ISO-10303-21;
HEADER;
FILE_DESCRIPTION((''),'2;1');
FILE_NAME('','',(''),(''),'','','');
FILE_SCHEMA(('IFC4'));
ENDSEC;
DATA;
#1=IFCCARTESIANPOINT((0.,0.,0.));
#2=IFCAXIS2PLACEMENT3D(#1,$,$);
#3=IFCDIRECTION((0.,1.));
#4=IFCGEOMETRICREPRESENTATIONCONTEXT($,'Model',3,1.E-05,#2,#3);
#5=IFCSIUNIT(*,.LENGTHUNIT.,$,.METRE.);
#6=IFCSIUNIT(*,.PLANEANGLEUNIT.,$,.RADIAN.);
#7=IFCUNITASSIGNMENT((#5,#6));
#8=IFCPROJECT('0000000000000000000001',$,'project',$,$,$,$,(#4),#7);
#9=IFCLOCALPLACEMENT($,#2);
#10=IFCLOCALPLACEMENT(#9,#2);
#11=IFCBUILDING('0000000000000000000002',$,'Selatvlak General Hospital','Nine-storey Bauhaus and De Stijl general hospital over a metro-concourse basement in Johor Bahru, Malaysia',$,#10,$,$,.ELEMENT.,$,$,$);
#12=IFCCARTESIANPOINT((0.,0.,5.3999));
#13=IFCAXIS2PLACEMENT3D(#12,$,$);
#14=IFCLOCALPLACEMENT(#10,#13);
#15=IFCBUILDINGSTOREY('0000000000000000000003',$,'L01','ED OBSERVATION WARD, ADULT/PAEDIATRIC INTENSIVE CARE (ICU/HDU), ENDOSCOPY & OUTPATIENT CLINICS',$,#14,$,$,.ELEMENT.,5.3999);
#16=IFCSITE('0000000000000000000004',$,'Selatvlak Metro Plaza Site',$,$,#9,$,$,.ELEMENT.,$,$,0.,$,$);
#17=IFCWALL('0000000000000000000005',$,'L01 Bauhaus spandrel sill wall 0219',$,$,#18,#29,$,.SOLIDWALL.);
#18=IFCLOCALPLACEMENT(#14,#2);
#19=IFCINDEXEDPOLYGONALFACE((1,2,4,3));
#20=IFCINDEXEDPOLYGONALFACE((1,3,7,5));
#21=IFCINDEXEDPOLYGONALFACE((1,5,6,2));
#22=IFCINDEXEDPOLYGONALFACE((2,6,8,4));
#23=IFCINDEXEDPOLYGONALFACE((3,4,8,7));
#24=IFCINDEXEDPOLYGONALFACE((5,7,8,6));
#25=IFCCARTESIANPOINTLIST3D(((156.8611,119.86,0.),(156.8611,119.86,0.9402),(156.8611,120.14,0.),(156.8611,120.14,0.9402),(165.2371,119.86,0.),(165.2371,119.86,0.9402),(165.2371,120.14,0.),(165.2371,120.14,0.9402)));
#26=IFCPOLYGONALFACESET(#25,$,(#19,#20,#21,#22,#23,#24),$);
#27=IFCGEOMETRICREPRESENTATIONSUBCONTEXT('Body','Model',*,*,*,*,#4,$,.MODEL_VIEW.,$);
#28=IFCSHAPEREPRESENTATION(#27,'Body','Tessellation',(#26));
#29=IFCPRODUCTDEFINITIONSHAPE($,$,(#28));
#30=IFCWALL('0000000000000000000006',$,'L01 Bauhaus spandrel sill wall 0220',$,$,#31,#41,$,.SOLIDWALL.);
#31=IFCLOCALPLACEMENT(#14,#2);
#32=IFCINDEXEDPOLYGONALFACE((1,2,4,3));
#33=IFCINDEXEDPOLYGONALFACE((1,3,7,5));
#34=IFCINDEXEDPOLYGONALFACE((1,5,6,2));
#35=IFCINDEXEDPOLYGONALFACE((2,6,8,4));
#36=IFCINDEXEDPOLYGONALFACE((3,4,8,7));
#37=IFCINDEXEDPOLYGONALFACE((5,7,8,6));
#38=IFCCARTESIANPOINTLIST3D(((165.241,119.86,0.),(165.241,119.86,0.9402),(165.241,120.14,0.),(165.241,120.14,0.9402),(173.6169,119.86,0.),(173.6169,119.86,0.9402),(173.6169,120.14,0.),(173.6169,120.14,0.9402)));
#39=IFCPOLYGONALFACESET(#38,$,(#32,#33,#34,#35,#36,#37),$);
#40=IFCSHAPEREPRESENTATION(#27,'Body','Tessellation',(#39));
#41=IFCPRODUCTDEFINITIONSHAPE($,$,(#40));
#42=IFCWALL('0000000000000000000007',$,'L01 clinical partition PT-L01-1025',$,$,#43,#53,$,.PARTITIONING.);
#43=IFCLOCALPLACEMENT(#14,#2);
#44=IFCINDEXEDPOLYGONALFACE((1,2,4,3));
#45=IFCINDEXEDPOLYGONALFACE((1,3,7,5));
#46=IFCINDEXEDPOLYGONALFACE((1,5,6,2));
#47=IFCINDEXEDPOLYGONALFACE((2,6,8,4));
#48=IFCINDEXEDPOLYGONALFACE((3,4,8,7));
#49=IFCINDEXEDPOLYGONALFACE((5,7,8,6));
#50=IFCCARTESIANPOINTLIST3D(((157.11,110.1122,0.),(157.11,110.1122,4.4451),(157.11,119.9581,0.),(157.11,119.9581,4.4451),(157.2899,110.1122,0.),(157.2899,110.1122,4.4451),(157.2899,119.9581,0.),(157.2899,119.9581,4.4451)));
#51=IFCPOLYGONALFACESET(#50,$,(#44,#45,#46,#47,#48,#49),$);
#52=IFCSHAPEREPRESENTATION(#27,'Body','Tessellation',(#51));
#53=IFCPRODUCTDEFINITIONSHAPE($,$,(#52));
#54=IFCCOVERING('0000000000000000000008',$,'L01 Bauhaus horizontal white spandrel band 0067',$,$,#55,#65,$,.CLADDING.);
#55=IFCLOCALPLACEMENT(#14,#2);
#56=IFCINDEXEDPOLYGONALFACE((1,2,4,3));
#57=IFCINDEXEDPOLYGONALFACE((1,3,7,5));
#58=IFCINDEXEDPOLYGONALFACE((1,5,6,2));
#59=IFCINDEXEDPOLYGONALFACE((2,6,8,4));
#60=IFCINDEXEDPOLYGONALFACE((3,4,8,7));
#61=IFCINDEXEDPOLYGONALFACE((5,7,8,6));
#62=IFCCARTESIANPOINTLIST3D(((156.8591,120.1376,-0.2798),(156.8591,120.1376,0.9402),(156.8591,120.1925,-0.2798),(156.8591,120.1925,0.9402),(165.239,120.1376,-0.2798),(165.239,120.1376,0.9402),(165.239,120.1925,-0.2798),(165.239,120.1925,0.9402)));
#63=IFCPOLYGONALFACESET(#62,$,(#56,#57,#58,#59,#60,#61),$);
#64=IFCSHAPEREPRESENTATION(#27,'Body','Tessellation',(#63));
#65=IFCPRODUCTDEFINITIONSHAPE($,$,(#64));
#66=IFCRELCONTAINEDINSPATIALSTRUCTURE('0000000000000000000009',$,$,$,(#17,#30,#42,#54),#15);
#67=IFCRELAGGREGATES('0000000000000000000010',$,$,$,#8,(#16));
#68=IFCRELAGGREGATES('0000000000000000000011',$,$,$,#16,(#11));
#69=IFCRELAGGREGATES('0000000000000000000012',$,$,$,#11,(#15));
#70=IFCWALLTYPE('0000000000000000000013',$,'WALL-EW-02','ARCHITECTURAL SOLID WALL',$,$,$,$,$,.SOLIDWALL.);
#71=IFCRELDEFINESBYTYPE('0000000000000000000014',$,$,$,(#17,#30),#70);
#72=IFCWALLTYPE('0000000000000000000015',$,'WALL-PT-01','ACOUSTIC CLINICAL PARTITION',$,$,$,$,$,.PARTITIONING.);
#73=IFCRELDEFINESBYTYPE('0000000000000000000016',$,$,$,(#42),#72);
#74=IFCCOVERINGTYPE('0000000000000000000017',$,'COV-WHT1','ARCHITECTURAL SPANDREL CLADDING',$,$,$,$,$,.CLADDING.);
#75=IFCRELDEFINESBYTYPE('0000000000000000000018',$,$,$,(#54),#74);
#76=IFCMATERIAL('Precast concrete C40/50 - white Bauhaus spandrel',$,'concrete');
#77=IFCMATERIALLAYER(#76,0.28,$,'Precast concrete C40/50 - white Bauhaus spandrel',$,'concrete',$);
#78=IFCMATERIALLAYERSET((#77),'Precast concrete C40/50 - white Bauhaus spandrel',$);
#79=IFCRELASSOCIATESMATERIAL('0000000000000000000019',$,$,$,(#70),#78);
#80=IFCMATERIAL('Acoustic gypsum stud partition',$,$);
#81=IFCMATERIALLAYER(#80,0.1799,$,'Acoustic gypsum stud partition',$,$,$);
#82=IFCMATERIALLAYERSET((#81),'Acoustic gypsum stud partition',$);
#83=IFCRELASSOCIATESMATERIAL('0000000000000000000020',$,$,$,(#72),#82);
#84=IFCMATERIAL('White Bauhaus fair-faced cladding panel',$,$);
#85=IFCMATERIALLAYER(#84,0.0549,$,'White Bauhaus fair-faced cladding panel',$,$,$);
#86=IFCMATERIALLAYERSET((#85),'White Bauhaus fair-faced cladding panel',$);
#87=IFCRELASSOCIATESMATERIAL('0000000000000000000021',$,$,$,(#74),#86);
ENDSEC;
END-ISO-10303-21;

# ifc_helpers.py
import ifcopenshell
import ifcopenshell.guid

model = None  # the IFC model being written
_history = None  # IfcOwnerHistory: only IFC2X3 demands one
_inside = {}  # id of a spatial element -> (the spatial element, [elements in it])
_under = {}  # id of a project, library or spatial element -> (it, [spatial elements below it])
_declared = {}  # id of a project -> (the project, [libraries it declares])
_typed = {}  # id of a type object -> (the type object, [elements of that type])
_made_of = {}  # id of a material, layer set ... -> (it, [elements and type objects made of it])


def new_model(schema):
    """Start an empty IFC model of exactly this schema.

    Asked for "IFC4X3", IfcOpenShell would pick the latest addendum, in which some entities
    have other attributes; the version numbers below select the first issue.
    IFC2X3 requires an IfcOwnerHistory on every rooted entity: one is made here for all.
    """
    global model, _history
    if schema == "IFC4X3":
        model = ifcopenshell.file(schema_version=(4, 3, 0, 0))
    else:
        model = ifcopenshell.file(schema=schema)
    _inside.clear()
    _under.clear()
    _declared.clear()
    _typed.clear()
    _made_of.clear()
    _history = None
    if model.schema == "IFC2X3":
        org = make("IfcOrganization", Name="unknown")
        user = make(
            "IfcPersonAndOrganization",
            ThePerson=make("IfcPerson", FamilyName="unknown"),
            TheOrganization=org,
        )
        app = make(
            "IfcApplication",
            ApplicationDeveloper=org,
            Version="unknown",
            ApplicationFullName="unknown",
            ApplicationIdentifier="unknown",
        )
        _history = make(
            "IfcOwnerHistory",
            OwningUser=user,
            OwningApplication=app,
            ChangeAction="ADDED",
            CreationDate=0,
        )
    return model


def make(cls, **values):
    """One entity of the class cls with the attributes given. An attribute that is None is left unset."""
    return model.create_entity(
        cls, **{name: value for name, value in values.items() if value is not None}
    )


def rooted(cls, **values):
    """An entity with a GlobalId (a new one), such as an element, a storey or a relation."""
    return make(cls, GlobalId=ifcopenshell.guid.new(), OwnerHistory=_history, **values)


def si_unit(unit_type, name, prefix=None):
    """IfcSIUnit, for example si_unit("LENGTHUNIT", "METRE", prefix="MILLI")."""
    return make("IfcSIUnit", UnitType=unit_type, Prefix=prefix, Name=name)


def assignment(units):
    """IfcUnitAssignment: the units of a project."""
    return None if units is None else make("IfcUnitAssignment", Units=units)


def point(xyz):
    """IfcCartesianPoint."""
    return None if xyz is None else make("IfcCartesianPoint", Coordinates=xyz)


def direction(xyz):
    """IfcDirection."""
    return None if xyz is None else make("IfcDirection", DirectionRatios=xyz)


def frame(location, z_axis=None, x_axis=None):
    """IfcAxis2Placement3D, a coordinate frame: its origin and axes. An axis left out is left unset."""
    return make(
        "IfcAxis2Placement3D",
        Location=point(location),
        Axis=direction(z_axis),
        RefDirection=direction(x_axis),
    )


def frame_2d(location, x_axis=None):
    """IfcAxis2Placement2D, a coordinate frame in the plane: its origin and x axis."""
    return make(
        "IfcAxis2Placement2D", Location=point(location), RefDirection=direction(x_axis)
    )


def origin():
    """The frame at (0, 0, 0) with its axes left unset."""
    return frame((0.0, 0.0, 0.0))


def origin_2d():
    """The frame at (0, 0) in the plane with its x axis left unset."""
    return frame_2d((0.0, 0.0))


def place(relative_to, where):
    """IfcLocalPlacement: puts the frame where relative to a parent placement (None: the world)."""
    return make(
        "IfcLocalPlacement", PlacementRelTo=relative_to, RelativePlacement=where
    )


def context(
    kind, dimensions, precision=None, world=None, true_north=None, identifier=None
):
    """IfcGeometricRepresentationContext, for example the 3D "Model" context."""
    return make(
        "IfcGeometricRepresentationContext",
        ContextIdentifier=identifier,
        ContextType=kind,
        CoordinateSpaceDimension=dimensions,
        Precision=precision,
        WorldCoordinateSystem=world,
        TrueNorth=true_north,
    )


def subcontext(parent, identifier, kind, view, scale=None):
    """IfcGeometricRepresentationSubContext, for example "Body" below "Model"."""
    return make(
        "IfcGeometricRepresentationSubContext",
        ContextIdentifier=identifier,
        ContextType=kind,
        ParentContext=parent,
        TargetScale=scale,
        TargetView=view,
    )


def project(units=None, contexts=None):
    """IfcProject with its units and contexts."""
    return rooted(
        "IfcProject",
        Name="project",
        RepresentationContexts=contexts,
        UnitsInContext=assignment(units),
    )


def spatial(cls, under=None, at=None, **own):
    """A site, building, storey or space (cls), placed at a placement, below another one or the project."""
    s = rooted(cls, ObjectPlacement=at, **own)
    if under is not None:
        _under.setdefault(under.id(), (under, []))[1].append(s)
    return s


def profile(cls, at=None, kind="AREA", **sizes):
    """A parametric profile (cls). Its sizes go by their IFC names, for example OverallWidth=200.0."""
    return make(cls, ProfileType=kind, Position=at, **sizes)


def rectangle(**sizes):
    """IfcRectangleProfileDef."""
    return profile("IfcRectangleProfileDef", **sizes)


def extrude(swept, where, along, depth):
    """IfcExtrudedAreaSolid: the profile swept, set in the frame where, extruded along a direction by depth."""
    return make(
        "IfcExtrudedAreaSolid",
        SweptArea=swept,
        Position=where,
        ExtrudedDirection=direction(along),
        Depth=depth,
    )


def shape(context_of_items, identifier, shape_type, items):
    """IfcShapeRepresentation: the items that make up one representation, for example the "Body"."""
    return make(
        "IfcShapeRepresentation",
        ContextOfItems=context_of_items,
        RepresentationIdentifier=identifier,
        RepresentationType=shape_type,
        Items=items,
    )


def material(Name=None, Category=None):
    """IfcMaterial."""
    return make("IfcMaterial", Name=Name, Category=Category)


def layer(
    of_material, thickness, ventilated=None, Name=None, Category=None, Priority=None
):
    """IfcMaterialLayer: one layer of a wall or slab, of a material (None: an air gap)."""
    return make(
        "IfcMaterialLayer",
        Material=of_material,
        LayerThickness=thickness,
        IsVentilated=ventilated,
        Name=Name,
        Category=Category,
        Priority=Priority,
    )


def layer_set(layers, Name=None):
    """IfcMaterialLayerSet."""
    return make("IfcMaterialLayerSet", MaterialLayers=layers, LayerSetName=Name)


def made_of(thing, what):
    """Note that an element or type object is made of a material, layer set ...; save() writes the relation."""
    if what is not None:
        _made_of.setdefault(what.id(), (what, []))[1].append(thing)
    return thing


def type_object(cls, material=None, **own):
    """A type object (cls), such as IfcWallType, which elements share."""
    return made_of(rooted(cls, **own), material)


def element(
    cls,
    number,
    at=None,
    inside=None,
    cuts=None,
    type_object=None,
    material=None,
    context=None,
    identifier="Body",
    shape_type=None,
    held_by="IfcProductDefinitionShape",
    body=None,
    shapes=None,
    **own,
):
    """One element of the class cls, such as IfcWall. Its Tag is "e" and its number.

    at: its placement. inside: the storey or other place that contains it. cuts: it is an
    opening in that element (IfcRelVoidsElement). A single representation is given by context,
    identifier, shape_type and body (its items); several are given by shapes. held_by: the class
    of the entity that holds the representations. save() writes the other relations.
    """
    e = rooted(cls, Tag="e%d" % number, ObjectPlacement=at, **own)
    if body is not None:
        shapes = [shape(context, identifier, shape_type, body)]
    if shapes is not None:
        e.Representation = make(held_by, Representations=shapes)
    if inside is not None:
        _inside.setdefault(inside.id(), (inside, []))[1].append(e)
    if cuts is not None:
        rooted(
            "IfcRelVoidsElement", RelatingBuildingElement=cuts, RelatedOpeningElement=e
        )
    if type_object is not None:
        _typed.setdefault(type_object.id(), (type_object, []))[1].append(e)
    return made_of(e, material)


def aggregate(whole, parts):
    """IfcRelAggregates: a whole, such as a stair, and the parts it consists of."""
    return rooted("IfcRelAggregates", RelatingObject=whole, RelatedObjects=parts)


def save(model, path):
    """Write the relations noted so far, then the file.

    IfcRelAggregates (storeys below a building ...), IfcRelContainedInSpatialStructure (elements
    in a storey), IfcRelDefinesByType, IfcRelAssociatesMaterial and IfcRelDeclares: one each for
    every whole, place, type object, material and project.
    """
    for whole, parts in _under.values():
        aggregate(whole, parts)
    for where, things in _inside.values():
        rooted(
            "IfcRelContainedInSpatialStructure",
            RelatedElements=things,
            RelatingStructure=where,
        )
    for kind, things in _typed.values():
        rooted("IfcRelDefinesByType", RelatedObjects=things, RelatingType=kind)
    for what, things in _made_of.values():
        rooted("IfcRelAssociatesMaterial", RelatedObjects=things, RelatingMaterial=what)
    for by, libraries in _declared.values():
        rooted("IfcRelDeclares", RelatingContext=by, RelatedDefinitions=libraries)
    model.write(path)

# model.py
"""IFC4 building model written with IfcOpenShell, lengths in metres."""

from ifc_helpers import new_model, si_unit, direction, frame, frame_2d, origin, origin_2d, place, context, subcontext, project, spatial, rectangle, extrude, material, layer, layer_set, type_object, element, save


model = new_model("IFC4")

# Units and contexts
model_context = context("Model", 3, precision=1e-05, world=origin(), true_north=direction((0.0, 1.0)))
body_context = subcontext(model_context, "Body", "Model", "MODEL_VIEW")
ifc_project = project(units=[si_unit("LENGTHUNIT", "METRE"), si_unit("PLANEANGLEUNIT", "RADIAN")], contexts=[model_context])

# Site, building, storey
site_placement = place(None, origin())
site = spatial("IfcSite", under=ifc_project, at=site_placement, Name="Selatvlak Metro Plaza Site", CompositionType="ELEMENT", RefElevation=0.0)
building_placement = place(site_placement, origin())
building = spatial("IfcBuilding", under=site, at=building_placement, Name="Selatvlak General Hospital", Description="Nine-storey Bauhaus and De Stijl general hospital over a metro-concourse basement in Johor Bahru, Malaysia", CompositionType="ELEMENT")
storey_placement = place(building_placement, frame((0.0, 0.0, 5.3999)))
storey = spatial("IfcBuildingStorey", under=building, at=storey_placement, Name="L01", Description="ED OBSERVATION WARD, ADULT/PAEDIATRIC INTENSIVE CARE (ICU/HDU), ENDOSCOPY & OUTPATIENT CLINICS", CompositionType="ELEMENT", Elevation=5.3999)

# Walls
ifc_material_1 = material(Name="Precast concrete C40/50 - white Bauhaus spandrel", Category="concrete")
ifc_layer_1 = layer(ifc_material_1, 0.28, Name="Precast concrete C40/50 - white Bauhaus spandrel", Category="concrete")
ifc_layer_set_1 = layer_set([ifc_layer_1], Name="Precast concrete C40/50 - white Bauhaus spandrel")
wall_type_1 = type_object("IfcWallType", Name="WALL-EW-02", Description="ARCHITECTURAL SOLID WALL", PredefinedType="SOLIDWALL", material=ifc_layer_set_1)
for number, where, z_axis, x_axis, name in (
    (1, (156.8611, 120.0, 0.0), (0.0, 0.0, 1.0), (1.0, 0.0, 0.0), "L01 Bauhaus spandrel sill wall 0219"),
    (2, (165.241, 120.0, 0.0), (0.0, 0.0, 1.0), (1.0, 0.0, 0.0), "L01 Bauhaus spandrel sill wall 0220"),
):
    element("IfcWall", number, at=place(storey_placement, frame(where, z_axis=z_axis, x_axis=x_axis)), inside=storey, type_object=wall_type_1, Name=name, PredefinedType="SOLIDWALL", context=body_context, shape_type="SweptSolid", body=[
        extrude(rectangle(XDim=8.376, YDim=0.28, at=frame_2d((4.188, 0.0))), origin(), (0.0, 0.0, 1.0), 0.9402),
    ])
ifc_material_2 = material(Name="Acoustic gypsum stud partition")
ifc_layer_2 = layer(ifc_material_2, 0.1799, Name="Acoustic gypsum stud partition")
ifc_layer_set_2 = layer_set([ifc_layer_2], Name="Acoustic gypsum stud partition")
wall_type_2 = type_object("IfcWallType", Name="WALL-PT-01", Description="ACOUSTIC CLINICAL PARTITION", PredefinedType="PARTITIONING", material=ifc_layer_set_2)
wall_placement = place(storey_placement, frame((157.2, 119.958, 0.0), z_axis=(0.0, 0.0, 1.0), x_axis=(0.0, -1.0, 0.0)))
element("IfcWall", 3, at=wall_placement, inside=storey, type_object=wall_type_2, Name="L01 clinical partition PT-L01-1025", PredefinedType="PARTITIONING", context=body_context, shape_type="SweptSolid", body=[
    extrude(rectangle(XDim=9.8459, YDim=0.1799, at=frame_2d((4.9229, 0.0))), origin(), (0.0, 0.0, 1.0), 4.4451),
])

# Covering
ifc_material_3 = material(Name="White Bauhaus fair-faced cladding panel")
ifc_layer_3 = layer(ifc_material_3, 0.0549, Name="White Bauhaus fair-faced cladding panel")
ifc_layer_set_3 = layer_set([ifc_layer_3], Name="White Bauhaus fair-faced cladding panel")
covering_type = type_object("IfcCoveringType", Name="COV-WHT1", Description="ARCHITECTURAL SPANDREL CLADDING", PredefinedType="CLADDING", material=ifc_layer_set_3)
covering_placement = place(storey_placement, frame((161.0491, 120.165, -0.2798), z_axis=(0.0, 0.0, 1.0), x_axis=(1.0, 0.0, 0.0)))
element("IfcCovering", 4, at=covering_placement, inside=storey, type_object=covering_type, Name="L01 Bauhaus horizontal white spandrel band 0067", PredefinedType="CLADDING", context=body_context, shape_type="SweptSolid", body=[
    extrude(rectangle(XDim=8.3799, YDim=0.0549, at=origin_2d()), origin(), (0.0, 0.0, 1.0), 1.22),
])

save(model, "model.ifc")
